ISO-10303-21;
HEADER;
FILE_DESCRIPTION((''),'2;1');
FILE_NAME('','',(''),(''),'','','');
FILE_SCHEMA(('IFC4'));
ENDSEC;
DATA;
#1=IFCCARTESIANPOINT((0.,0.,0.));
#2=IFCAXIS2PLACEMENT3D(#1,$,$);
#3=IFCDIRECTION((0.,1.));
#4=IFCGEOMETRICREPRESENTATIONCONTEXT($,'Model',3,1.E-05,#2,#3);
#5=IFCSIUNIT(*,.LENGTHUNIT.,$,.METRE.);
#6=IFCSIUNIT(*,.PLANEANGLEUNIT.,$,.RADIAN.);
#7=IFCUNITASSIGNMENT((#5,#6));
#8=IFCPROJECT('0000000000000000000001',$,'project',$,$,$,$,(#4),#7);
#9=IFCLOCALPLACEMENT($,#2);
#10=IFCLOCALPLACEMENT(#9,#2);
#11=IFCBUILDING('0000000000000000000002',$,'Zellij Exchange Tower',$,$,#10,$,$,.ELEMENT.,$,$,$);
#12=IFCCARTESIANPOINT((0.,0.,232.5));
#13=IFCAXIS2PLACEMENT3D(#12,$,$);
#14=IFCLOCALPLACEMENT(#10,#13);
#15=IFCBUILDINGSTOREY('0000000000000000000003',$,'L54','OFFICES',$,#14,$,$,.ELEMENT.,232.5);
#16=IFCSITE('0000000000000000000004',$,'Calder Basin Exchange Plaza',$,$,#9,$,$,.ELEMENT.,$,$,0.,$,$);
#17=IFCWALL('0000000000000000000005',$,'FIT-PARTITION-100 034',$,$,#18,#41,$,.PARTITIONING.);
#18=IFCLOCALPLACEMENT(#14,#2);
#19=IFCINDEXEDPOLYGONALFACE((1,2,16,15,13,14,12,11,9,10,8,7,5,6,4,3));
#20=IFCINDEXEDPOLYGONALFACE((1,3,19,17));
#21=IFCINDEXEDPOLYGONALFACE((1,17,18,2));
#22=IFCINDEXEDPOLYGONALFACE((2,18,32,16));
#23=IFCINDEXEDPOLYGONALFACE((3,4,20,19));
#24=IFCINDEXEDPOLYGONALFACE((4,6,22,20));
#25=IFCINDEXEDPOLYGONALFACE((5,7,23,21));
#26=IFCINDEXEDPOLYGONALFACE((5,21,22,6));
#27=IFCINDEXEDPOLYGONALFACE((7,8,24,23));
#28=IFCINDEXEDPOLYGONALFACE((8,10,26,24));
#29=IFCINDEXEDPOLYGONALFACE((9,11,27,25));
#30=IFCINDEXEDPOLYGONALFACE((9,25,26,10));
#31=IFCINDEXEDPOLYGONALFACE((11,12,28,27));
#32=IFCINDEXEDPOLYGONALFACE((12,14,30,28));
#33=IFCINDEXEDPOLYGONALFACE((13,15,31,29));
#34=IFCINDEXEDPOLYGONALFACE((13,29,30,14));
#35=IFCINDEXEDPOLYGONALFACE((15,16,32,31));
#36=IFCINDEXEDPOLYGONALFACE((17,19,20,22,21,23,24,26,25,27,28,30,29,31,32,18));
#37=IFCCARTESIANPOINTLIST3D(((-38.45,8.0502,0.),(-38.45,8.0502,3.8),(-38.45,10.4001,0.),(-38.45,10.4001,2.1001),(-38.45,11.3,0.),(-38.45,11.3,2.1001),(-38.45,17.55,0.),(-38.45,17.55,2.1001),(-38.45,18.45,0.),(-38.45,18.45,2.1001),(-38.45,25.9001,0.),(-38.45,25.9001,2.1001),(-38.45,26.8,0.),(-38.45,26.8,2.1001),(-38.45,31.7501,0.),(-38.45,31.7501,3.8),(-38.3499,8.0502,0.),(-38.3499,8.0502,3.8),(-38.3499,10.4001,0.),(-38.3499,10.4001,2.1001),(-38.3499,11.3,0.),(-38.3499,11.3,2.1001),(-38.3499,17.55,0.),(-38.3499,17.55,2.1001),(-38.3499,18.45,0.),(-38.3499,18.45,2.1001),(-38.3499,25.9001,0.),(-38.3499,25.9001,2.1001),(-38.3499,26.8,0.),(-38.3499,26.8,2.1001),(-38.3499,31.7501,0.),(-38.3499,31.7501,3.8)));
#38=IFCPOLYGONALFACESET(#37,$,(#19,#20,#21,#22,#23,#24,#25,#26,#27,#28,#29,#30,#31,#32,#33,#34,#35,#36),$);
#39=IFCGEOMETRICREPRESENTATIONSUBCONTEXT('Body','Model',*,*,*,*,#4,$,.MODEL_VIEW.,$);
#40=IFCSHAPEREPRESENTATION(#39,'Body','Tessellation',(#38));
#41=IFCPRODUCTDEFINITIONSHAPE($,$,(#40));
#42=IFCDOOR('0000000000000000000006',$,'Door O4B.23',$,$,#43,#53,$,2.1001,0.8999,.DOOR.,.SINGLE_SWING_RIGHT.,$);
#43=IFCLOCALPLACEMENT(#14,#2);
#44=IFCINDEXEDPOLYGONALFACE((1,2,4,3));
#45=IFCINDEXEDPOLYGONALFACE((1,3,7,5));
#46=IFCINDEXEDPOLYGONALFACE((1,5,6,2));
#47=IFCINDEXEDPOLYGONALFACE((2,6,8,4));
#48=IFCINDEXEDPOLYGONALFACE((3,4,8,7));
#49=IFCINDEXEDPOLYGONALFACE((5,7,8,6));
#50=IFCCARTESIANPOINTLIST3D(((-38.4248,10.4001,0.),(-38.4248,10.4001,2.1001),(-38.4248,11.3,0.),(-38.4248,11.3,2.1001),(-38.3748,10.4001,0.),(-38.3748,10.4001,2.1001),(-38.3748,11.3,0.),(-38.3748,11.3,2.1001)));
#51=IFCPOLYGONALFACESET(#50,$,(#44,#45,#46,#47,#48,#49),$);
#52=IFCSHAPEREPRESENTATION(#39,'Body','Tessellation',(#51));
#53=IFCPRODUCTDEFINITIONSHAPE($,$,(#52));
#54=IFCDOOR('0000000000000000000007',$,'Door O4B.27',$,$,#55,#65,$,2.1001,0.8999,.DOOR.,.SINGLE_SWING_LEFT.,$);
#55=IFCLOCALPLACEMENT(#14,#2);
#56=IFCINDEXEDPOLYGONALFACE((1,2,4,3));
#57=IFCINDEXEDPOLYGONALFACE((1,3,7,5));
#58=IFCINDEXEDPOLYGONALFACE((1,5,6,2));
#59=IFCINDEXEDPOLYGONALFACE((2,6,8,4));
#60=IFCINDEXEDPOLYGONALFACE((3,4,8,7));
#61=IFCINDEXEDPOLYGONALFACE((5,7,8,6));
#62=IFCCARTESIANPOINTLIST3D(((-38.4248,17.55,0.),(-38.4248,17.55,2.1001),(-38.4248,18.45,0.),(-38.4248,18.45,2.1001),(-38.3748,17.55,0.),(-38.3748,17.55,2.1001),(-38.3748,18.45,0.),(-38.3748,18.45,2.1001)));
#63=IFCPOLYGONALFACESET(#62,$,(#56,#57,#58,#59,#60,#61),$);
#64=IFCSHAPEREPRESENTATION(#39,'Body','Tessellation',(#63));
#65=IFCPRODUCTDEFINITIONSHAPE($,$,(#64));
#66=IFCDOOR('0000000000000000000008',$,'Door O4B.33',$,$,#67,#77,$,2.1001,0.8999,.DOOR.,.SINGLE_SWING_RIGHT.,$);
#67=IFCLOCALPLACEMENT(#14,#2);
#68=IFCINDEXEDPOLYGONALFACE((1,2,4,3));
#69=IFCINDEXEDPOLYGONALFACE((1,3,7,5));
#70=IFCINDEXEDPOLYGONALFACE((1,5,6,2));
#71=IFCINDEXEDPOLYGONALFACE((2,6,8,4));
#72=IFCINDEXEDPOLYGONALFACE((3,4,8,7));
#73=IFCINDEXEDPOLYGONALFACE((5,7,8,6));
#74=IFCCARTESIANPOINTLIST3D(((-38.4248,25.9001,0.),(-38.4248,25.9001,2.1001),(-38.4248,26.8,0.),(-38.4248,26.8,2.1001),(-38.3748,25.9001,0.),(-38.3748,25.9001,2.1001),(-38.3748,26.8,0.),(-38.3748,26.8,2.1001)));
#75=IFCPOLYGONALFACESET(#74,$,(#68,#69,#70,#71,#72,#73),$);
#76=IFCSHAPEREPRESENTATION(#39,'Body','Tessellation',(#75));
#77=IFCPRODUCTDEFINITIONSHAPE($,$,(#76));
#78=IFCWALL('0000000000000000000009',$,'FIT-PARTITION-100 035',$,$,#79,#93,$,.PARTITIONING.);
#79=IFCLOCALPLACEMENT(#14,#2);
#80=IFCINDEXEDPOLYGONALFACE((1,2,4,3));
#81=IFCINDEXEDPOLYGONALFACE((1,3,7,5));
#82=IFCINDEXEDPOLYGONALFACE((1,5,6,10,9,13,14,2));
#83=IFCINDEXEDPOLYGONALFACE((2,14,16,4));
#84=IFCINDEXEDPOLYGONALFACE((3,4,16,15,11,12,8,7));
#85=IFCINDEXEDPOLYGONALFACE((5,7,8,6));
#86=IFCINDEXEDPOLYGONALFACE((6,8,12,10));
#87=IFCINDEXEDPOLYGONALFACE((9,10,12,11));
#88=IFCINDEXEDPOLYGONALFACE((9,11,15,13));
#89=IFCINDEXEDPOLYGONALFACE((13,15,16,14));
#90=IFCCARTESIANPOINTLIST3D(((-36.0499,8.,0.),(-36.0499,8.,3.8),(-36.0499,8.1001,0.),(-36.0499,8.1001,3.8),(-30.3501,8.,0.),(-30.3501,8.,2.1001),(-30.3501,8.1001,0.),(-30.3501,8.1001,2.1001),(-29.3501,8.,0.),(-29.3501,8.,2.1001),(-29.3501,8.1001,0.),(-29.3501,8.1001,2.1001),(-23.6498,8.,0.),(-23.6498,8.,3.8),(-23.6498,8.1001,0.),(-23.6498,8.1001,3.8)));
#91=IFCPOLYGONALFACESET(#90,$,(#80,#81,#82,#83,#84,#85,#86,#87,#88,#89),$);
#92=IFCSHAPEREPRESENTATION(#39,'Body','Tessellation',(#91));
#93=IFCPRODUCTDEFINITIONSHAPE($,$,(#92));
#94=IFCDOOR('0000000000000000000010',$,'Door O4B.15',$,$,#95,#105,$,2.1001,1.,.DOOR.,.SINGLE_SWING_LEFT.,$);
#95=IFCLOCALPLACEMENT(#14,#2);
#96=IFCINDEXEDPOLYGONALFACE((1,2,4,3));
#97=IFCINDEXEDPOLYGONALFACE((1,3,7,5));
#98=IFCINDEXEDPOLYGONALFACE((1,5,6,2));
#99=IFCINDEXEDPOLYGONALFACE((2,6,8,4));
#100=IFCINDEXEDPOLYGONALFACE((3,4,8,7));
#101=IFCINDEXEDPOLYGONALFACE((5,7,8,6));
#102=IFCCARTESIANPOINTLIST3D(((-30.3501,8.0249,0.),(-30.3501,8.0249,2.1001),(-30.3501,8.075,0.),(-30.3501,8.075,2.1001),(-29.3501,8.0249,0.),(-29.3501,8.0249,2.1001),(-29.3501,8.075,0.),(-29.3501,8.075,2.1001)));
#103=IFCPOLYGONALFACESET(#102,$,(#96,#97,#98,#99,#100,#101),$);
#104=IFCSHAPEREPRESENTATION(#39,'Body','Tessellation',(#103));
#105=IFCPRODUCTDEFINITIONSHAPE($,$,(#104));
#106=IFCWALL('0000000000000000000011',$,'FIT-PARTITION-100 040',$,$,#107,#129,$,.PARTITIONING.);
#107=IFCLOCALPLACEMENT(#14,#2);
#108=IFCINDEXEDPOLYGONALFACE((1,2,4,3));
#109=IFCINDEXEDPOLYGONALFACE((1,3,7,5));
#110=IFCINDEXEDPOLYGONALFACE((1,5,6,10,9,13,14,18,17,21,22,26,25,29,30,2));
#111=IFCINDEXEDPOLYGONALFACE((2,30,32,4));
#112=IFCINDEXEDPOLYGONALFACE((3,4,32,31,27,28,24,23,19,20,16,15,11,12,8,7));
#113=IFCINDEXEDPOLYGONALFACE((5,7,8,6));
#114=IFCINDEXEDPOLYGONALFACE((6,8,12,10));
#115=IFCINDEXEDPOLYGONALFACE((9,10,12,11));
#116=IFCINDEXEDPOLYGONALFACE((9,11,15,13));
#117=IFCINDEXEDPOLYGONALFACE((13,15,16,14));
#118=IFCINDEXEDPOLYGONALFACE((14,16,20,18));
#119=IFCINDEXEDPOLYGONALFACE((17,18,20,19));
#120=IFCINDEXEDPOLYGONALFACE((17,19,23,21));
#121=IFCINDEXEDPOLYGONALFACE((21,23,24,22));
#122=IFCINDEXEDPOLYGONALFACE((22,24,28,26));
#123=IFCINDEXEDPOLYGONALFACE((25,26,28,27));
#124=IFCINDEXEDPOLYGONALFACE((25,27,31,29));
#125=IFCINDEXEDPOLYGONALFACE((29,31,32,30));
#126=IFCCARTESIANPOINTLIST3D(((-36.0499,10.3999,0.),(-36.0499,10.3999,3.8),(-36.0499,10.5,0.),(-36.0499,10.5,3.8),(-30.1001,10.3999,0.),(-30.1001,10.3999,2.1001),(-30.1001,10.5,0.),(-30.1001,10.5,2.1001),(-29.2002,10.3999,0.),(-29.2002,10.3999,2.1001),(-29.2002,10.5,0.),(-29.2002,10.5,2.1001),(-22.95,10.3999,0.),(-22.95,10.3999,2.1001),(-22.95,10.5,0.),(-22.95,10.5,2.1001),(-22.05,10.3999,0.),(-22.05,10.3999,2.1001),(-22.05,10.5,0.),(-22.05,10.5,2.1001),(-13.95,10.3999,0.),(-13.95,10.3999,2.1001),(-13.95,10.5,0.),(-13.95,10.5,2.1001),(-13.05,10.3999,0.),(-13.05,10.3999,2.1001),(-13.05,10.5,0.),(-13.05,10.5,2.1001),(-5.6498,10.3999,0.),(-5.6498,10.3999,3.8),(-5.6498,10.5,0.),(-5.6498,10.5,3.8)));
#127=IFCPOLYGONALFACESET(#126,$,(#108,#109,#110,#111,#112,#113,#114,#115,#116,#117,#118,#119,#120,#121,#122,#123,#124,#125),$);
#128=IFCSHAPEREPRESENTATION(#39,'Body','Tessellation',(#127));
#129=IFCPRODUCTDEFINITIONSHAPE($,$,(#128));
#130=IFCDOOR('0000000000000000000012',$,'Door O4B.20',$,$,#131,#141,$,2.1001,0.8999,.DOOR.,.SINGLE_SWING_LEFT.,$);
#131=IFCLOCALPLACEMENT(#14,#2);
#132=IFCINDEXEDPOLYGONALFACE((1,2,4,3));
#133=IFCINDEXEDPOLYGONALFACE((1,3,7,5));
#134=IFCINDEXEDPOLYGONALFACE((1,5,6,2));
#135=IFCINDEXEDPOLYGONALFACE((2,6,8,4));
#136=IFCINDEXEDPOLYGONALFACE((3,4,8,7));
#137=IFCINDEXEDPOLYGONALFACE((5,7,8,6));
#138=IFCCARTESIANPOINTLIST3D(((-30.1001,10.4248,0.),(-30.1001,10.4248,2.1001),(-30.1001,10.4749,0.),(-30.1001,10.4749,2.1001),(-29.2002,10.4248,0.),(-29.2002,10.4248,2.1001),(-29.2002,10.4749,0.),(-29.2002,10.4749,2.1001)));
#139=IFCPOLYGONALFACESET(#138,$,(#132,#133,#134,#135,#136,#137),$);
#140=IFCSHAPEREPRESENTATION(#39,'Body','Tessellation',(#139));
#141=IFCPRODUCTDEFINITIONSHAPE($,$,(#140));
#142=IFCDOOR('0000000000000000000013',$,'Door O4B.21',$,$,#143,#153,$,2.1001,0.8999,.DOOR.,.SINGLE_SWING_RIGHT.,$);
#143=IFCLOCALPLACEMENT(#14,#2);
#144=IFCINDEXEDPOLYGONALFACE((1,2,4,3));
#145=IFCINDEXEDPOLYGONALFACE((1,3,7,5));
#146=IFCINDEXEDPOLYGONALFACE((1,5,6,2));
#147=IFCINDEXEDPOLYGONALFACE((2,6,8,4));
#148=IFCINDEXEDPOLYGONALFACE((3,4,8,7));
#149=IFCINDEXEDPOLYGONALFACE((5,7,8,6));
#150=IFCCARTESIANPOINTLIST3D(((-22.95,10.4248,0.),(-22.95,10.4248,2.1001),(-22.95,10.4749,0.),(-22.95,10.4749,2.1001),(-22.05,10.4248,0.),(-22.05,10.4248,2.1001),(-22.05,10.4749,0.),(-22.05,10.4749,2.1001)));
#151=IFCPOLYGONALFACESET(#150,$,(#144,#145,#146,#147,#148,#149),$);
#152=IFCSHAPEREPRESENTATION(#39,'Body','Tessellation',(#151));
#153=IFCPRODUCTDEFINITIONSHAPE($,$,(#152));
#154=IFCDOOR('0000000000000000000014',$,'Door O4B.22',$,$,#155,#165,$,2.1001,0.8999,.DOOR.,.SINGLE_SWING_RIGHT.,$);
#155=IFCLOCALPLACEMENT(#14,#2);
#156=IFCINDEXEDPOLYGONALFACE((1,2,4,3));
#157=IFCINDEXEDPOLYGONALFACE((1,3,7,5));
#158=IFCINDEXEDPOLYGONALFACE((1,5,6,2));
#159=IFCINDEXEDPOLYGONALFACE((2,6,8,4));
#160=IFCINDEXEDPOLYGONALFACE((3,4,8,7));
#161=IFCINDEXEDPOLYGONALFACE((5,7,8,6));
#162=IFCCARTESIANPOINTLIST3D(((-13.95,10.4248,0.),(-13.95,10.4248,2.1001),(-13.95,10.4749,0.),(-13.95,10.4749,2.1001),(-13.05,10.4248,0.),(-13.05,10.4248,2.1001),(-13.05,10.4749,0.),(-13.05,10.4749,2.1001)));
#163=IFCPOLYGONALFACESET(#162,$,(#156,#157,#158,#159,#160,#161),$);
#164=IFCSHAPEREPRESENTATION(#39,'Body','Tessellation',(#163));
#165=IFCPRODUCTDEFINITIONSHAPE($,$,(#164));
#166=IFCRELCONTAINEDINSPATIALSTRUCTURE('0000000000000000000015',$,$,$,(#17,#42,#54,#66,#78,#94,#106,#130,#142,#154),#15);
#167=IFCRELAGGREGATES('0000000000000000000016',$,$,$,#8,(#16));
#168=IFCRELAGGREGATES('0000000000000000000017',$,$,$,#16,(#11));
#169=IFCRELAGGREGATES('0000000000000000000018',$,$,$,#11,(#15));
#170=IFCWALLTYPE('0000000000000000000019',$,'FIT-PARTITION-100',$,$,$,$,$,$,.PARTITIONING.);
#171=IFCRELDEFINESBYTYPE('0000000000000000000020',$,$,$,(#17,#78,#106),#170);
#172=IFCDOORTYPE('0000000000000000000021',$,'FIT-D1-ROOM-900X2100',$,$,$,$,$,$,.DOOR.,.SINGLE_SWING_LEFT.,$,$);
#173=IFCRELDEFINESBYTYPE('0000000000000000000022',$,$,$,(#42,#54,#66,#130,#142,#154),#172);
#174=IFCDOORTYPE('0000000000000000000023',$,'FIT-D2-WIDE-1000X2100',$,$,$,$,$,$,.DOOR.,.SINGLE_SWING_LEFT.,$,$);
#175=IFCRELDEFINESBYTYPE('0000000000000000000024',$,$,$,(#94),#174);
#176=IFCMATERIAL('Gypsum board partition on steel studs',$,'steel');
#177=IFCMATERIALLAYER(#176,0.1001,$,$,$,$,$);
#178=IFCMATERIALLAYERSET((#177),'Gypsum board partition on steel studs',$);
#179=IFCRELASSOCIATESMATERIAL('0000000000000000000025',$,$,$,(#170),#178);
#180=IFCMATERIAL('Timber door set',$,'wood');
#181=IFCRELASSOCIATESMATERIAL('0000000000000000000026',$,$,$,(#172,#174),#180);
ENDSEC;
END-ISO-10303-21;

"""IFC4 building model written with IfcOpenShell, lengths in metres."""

from ifc_helpers import new_model, si_unit, direction, frame, frame_2d, origin, place, context, subcontext, project, spatial, rectangle, extrude, material, layer, layer_set, type_object, element, fill, save


model = new_model("IFC4")

# Units and contexts
model_context = context("Model", 3, precision=1e-05, world=origin(), true_north=direction((0.0, 1.0)))
body_context = subcontext(model_context, "Body", "Model", "MODEL_VIEW")
ifc_project = project(units=[si_unit("LENGTHUNIT", "METRE"), si_unit("PLANEANGLEUNIT", "RADIAN")], contexts=[model_context])

# Site, building, storey
site_placement = place(None, origin())
site = spatial("IfcSite", under=ifc_project, at=site_placement, Name="Calder Basin Exchange Plaza", CompositionType="ELEMENT", RefElevation=0.0)
building_placement = place(site_placement, origin())
building = spatial("IfcBuilding", under=site, at=building_placement, Name="Zellij Exchange Tower", CompositionType="ELEMENT")
storey_placement = place(building_placement, frame((0.0, 0.0, 232.5)))
storey = spatial("IfcBuildingStorey", under=building, at=storey_placement, Name="L54", Description="OFFICES", CompositionType="ELEMENT", Elevation=232.5)

# Shared definitions
ifc_material_1 = material(Name="Gypsum board partition on steel studs", Category="steel")
ifc_layer_1 = layer(ifc_material_1, 0.1001)
ifc_layer_set_1 = layer_set([ifc_layer_1], Name="Gypsum board partition on steel studs")
wall_type_1 = type_object("IfcWallType", Name="FIT-PARTITION-100", PredefinedType="PARTITIONING", material=ifc_layer_set_1)

# Wall, openings, doors
wall_1_placement = place(storey_placement, frame((-38.3999, 8.05, 0.0), z_axis=(0.0, 0.0, 1.0), x_axis=(0.0, 1.0, 0.0)))
wall_1 = element("IfcWall", 1, at=wall_1_placement, inside=storey, type_object=wall_type_1, Name="FIT-PARTITION-100 034", PredefinedType="PARTITIONING", context=body_context, shape_type="SweptSolid", body=[
    extrude(rectangle(XDim=23.7, YDim=0.1001, at=frame_2d((11.8501, 0.0))), origin(), (0.0, 0.0, 1.0), 3.8),
])
opening_1_placement = place(wall_1_placement, frame((2.3501, 0.0, 0.0)))
opening_1 = element("IfcOpeningElement", 2, at=opening_1_placement, cuts=wall_1, PredefinedType="OPENING", context=body_context, shape_type="SweptSolid", body=[
    extrude(rectangle(XDim=0.8999, YDim=2.1001, at=frame_2d((0.45, 1.05))), frame((0.0, 0.062, 0.0), z_axis=(0.0, -1.0, 0.0), x_axis=(1.0, 0.0, 0.0)), (0.0, 0.0, 1.0), 0.124),
])
opening_2_placement = place(wall_1_placement, frame((9.5, 0.0, 0.0)))
opening_2 = element("IfcOpeningElement", 3, at=opening_2_placement, cuts=wall_1, PredefinedType="OPENING", context=body_context, shape_type="SweptSolid", body=[
    extrude(rectangle(XDim=0.8999, YDim=2.1001, at=frame_2d((0.45, 1.05))), frame((0.0, 0.062, 0.0), z_axis=(0.0, -1.0, 0.0), x_axis=(1.0, 0.0, 0.0)), (0.0, 0.0, 1.0), 0.124),
])
opening_3_placement = place(wall_1_placement, frame((17.8501, 0.0, 0.0)))
opening_3 = element("IfcOpeningElement", 4, at=opening_3_placement, cuts=wall_1, PredefinedType="OPENING", context=body_context, shape_type="SweptSolid", body=[
    extrude(rectangle(XDim=0.8999, YDim=2.1001, at=frame_2d((0.45, 1.05))), frame((0.0, 0.062, 0.0), z_axis=(0.0, -1.0, 0.0), x_axis=(1.0, 0.0, 0.0)), (0.0, 0.0, 1.0), 0.124),
])
ifc_material_2 = material(Name="Timber door set", Category="wood")
door_type_1 = type_object("IfcDoorType", Name="FIT-D1-ROOM-900X2100", OperationType="SINGLE_SWING_LEFT", PredefinedType="DOOR", material=ifc_material_2)
door_1_placement = place(opening_1_placement, origin())
door_1 = element("IfcDoor", 5, at=door_1_placement, inside=storey, type_object=door_type_1, Name="Door O4B.23", OperationType="SINGLE_SWING_RIGHT", OverallHeight=2.1001, OverallWidth=0.8999, PredefinedType="DOOR", context=body_context, shape_type="SweptSolid", body=[
    extrude(rectangle(XDim=0.8999, YDim=2.1001, at=frame_2d((0.45, 1.05))), frame((0.0, 0.0249, 0.0), z_axis=(0.0, -1.0, 0.0), x_axis=(1.0, 0.0, 0.0)), (0.0, 0.0, 1.0), 0.05),
])
fill(opening_1, door_1)
door_2_placement = place(opening_2_placement, origin())
door_2 = element("IfcDoor", 6, at=door_2_placement, inside=storey, type_object=door_type_1, Name="Door O4B.27", OperationType="SINGLE_SWING_LEFT", OverallHeight=2.1001, OverallWidth=0.8999, PredefinedType="DOOR", context=body_context, shape_type="SweptSolid", body=[
    extrude(rectangle(XDim=0.8999, YDim=2.1001, at=frame_2d((0.45, 1.05))), frame((0.0, 0.0249, 0.0), z_axis=(0.0, -1.0, 0.0), x_axis=(1.0, 0.0, 0.0)), (0.0, 0.0, 1.0), 0.05),
])
fill(opening_2, door_2)
door_3_placement = place(opening_3_placement, origin())
door_3 = element("IfcDoor", 7, at=door_3_placement, inside=storey, type_object=door_type_1, Name="Door O4B.33", OperationType="SINGLE_SWING_RIGHT", OverallHeight=2.1001, OverallWidth=0.8999, PredefinedType="DOOR", context=body_context, shape_type="SweptSolid", body=[
    extrude(rectangle(XDim=0.8999, YDim=2.1001, at=frame_2d((0.45, 1.05))), frame((0.0, 0.0249, 0.0), z_axis=(0.0, -1.0, 0.0), x_axis=(1.0, 0.0, 0.0)), (0.0, 0.0, 1.0), 0.05),
])
fill(opening_3, door_3)

# Wall, opening, door
wall_2_placement = place(storey_placement, frame((-36.05, 8.05, 0.0), z_axis=(0.0, 0.0, 1.0), x_axis=(1.0, 0.0, 0.0)))
wall_2 = element("IfcWall", 8, at=wall_2_placement, inside=storey, type_object=wall_type_1, Name="FIT-PARTITION-100 035", PredefinedType="PARTITIONING", context=body_context, shape_type="SweptSolid", body=[
    extrude(rectangle(XDim=12.4001, YDim=0.1001, at=frame_2d((6.2002, 0.0))), origin(), (0.0, 0.0, 1.0), 3.8),
])
opening_4_placement = place(wall_2_placement, frame((5.7, 0.0, 0.0)))
opening_4 = element("IfcOpeningElement", 9, at=opening_4_placement, cuts=wall_2, PredefinedType="OPENING", context=body_context, shape_type="SweptSolid", body=[
    extrude(rectangle(XDim=1.0, YDim=2.1001, at=frame_2d((0.5, 1.05))), frame((0.0, 0.062, 0.0), z_axis=(0.0, -1.0, 0.0), x_axis=(1.0, 0.0, 0.0)), (0.0, 0.0, 1.0), 0.124),
])
door_type_2 = type_object("IfcDoorType", Name="FIT-D2-WIDE-1000X2100", OperationType="SINGLE_SWING_LEFT", PredefinedType="DOOR", material=ifc_material_2)
door_4_placement = place(opening_4_placement, origin())
door_4 = element("IfcDoor", 10, at=door_4_placement, inside=storey, type_object=door_type_2, Name="Door O4B.15", OperationType="SINGLE_SWING_LEFT", OverallHeight=2.1001, OverallWidth=1.0, PredefinedType="DOOR", context=body_context, shape_type="SweptSolid", body=[
    extrude(rectangle(XDim=1.0, YDim=2.1001, at=frame_2d((0.5, 1.05))), frame((0.0, 0.0249, 0.0), z_axis=(0.0, -1.0, 0.0), x_axis=(1.0, 0.0, 0.0)), (0.0, 0.0, 1.0), 0.05),
])
fill(opening_4, door_4)

# Wall, openings, doors
wall_3_placement = place(storey_placement, frame((-36.05, 10.45, 0.0), z_axis=(0.0, 0.0, 1.0), x_axis=(1.0, 0.0, 0.0)))
wall_3 = element("IfcWall", 11, at=wall_3_placement, inside=storey, type_object=wall_type_1, Name="FIT-PARTITION-100 040", PredefinedType="PARTITIONING", context=body_context, shape_type="SweptSolid", body=[
    extrude(rectangle(XDim=30.4001, YDim=0.1001, at=frame_2d((15.2002, 0.0))), origin(), (0.0, 0.0, 1.0), 3.8),
])
opening_5_placement = place(wall_3_placement, frame((5.95, 0.0, 0.0)))
opening_5 = element("IfcOpeningElement", 12, at=opening_5_placement, cuts=wall_3, PredefinedType="OPENING", context=body_context, shape_type="SweptSolid", body=[
    extrude(rectangle(XDim=0.8999, YDim=2.1001, at=frame_2d((0.45, 1.05))), frame((0.0, 0.062, 0.0), z_axis=(0.0, -1.0, 0.0), x_axis=(1.0, 0.0, 0.0)), (0.0, 0.0, 1.0), 0.124),
])
opening_6_placement = place(wall_3_placement, frame((13.1001, 0.0, 0.0)))
opening_6 = element("IfcOpeningElement", 13, at=opening_6_placement, cuts=wall_3, PredefinedType="OPENING", context=body_context, shape_type="SweptSolid", body=[
    extrude(rectangle(XDim=0.8999, YDim=2.1001, at=frame_2d((0.45, 1.05))), frame((0.0, 0.062, 0.0), z_axis=(0.0, -1.0, 0.0), x_axis=(1.0, 0.0, 0.0)), (0.0, 0.0, 1.0), 0.124),
])
opening_7_placement = place(wall_3_placement, frame((22.1001, 0.0, 0.0)))
opening_7 = element("IfcOpeningElement", 14, at=opening_7_placement, cuts=wall_3, PredefinedType="OPENING", context=body_context, shape_type="SweptSolid", body=[
    extrude(rectangle(XDim=0.8999, YDim=2.1001, at=frame_2d((0.45, 1.05))), frame((0.0, 0.062, 0.0), z_axis=(0.0, -1.0, 0.0), x_axis=(1.0, 0.0, 0.0)), (0.0, 0.0, 1.0), 0.124),
])
door_5_placement = place(opening_5_placement, origin())
door_5 = element("IfcDoor", 15, at=door_5_placement, inside=storey, type_object=door_type_1, Name="Door O4B.20", OperationType="SINGLE_SWING_LEFT", OverallHeight=2.1001, OverallWidth=0.8999, PredefinedType="DOOR", context=body_context, shape_type="SweptSolid", body=[
    extrude(rectangle(XDim=0.8999, YDim=2.1001, at=frame_2d((0.45, 1.05))), frame((0.0, 0.0249, 0.0), z_axis=(0.0, -1.0, 0.0), x_axis=(1.0, 0.0, 0.0)), (0.0, 0.0, 1.0), 0.05),
])
fill(opening_5, door_5)
door_6_placement = place(opening_6_placement, origin())
door_6 = element("IfcDoor", 16, at=door_6_placement, inside=storey, type_object=door_type_1, Name="Door O4B.21", OperationType="SINGLE_SWING_RIGHT", OverallHeight=2.1001, OverallWidth=0.8999, PredefinedType="DOOR", context=body_context, shape_type="SweptSolid", body=[
    extrude(rectangle(XDim=0.8999, YDim=2.1001, at=frame_2d((0.45, 1.05))), frame((0.0, 0.0249, 0.0), z_axis=(0.0, -1.0, 0.0), x_axis=(1.0, 0.0, 0.0)), (0.0, 0.0, 1.0), 0.05),
])
fill(opening_6, door_6)
door_7_placement = place(opening_7_placement, origin())
door_7 = element("IfcDoor", 17, at=door_7_placement, inside=storey, type_object=door_type_1, Name="Door O4B.22", OperationType="SINGLE_SWING_RIGHT", OverallHeight=2.1001, OverallWidth=0.8999, PredefinedType="DOOR", context=body_context, shape_type="SweptSolid", body=[
    extrude(rectangle(XDim=0.8999, YDim=2.1001, at=frame_2d((0.45, 1.05))), frame((0.0, 0.0249, 0.0), z_axis=(0.0, -1.0, 0.0), x_axis=(1.0, 0.0, 0.0)), (0.0, 0.0, 1.0), 0.05),
])
fill(opening_7, door_7)

save(model, "model.ifc")
